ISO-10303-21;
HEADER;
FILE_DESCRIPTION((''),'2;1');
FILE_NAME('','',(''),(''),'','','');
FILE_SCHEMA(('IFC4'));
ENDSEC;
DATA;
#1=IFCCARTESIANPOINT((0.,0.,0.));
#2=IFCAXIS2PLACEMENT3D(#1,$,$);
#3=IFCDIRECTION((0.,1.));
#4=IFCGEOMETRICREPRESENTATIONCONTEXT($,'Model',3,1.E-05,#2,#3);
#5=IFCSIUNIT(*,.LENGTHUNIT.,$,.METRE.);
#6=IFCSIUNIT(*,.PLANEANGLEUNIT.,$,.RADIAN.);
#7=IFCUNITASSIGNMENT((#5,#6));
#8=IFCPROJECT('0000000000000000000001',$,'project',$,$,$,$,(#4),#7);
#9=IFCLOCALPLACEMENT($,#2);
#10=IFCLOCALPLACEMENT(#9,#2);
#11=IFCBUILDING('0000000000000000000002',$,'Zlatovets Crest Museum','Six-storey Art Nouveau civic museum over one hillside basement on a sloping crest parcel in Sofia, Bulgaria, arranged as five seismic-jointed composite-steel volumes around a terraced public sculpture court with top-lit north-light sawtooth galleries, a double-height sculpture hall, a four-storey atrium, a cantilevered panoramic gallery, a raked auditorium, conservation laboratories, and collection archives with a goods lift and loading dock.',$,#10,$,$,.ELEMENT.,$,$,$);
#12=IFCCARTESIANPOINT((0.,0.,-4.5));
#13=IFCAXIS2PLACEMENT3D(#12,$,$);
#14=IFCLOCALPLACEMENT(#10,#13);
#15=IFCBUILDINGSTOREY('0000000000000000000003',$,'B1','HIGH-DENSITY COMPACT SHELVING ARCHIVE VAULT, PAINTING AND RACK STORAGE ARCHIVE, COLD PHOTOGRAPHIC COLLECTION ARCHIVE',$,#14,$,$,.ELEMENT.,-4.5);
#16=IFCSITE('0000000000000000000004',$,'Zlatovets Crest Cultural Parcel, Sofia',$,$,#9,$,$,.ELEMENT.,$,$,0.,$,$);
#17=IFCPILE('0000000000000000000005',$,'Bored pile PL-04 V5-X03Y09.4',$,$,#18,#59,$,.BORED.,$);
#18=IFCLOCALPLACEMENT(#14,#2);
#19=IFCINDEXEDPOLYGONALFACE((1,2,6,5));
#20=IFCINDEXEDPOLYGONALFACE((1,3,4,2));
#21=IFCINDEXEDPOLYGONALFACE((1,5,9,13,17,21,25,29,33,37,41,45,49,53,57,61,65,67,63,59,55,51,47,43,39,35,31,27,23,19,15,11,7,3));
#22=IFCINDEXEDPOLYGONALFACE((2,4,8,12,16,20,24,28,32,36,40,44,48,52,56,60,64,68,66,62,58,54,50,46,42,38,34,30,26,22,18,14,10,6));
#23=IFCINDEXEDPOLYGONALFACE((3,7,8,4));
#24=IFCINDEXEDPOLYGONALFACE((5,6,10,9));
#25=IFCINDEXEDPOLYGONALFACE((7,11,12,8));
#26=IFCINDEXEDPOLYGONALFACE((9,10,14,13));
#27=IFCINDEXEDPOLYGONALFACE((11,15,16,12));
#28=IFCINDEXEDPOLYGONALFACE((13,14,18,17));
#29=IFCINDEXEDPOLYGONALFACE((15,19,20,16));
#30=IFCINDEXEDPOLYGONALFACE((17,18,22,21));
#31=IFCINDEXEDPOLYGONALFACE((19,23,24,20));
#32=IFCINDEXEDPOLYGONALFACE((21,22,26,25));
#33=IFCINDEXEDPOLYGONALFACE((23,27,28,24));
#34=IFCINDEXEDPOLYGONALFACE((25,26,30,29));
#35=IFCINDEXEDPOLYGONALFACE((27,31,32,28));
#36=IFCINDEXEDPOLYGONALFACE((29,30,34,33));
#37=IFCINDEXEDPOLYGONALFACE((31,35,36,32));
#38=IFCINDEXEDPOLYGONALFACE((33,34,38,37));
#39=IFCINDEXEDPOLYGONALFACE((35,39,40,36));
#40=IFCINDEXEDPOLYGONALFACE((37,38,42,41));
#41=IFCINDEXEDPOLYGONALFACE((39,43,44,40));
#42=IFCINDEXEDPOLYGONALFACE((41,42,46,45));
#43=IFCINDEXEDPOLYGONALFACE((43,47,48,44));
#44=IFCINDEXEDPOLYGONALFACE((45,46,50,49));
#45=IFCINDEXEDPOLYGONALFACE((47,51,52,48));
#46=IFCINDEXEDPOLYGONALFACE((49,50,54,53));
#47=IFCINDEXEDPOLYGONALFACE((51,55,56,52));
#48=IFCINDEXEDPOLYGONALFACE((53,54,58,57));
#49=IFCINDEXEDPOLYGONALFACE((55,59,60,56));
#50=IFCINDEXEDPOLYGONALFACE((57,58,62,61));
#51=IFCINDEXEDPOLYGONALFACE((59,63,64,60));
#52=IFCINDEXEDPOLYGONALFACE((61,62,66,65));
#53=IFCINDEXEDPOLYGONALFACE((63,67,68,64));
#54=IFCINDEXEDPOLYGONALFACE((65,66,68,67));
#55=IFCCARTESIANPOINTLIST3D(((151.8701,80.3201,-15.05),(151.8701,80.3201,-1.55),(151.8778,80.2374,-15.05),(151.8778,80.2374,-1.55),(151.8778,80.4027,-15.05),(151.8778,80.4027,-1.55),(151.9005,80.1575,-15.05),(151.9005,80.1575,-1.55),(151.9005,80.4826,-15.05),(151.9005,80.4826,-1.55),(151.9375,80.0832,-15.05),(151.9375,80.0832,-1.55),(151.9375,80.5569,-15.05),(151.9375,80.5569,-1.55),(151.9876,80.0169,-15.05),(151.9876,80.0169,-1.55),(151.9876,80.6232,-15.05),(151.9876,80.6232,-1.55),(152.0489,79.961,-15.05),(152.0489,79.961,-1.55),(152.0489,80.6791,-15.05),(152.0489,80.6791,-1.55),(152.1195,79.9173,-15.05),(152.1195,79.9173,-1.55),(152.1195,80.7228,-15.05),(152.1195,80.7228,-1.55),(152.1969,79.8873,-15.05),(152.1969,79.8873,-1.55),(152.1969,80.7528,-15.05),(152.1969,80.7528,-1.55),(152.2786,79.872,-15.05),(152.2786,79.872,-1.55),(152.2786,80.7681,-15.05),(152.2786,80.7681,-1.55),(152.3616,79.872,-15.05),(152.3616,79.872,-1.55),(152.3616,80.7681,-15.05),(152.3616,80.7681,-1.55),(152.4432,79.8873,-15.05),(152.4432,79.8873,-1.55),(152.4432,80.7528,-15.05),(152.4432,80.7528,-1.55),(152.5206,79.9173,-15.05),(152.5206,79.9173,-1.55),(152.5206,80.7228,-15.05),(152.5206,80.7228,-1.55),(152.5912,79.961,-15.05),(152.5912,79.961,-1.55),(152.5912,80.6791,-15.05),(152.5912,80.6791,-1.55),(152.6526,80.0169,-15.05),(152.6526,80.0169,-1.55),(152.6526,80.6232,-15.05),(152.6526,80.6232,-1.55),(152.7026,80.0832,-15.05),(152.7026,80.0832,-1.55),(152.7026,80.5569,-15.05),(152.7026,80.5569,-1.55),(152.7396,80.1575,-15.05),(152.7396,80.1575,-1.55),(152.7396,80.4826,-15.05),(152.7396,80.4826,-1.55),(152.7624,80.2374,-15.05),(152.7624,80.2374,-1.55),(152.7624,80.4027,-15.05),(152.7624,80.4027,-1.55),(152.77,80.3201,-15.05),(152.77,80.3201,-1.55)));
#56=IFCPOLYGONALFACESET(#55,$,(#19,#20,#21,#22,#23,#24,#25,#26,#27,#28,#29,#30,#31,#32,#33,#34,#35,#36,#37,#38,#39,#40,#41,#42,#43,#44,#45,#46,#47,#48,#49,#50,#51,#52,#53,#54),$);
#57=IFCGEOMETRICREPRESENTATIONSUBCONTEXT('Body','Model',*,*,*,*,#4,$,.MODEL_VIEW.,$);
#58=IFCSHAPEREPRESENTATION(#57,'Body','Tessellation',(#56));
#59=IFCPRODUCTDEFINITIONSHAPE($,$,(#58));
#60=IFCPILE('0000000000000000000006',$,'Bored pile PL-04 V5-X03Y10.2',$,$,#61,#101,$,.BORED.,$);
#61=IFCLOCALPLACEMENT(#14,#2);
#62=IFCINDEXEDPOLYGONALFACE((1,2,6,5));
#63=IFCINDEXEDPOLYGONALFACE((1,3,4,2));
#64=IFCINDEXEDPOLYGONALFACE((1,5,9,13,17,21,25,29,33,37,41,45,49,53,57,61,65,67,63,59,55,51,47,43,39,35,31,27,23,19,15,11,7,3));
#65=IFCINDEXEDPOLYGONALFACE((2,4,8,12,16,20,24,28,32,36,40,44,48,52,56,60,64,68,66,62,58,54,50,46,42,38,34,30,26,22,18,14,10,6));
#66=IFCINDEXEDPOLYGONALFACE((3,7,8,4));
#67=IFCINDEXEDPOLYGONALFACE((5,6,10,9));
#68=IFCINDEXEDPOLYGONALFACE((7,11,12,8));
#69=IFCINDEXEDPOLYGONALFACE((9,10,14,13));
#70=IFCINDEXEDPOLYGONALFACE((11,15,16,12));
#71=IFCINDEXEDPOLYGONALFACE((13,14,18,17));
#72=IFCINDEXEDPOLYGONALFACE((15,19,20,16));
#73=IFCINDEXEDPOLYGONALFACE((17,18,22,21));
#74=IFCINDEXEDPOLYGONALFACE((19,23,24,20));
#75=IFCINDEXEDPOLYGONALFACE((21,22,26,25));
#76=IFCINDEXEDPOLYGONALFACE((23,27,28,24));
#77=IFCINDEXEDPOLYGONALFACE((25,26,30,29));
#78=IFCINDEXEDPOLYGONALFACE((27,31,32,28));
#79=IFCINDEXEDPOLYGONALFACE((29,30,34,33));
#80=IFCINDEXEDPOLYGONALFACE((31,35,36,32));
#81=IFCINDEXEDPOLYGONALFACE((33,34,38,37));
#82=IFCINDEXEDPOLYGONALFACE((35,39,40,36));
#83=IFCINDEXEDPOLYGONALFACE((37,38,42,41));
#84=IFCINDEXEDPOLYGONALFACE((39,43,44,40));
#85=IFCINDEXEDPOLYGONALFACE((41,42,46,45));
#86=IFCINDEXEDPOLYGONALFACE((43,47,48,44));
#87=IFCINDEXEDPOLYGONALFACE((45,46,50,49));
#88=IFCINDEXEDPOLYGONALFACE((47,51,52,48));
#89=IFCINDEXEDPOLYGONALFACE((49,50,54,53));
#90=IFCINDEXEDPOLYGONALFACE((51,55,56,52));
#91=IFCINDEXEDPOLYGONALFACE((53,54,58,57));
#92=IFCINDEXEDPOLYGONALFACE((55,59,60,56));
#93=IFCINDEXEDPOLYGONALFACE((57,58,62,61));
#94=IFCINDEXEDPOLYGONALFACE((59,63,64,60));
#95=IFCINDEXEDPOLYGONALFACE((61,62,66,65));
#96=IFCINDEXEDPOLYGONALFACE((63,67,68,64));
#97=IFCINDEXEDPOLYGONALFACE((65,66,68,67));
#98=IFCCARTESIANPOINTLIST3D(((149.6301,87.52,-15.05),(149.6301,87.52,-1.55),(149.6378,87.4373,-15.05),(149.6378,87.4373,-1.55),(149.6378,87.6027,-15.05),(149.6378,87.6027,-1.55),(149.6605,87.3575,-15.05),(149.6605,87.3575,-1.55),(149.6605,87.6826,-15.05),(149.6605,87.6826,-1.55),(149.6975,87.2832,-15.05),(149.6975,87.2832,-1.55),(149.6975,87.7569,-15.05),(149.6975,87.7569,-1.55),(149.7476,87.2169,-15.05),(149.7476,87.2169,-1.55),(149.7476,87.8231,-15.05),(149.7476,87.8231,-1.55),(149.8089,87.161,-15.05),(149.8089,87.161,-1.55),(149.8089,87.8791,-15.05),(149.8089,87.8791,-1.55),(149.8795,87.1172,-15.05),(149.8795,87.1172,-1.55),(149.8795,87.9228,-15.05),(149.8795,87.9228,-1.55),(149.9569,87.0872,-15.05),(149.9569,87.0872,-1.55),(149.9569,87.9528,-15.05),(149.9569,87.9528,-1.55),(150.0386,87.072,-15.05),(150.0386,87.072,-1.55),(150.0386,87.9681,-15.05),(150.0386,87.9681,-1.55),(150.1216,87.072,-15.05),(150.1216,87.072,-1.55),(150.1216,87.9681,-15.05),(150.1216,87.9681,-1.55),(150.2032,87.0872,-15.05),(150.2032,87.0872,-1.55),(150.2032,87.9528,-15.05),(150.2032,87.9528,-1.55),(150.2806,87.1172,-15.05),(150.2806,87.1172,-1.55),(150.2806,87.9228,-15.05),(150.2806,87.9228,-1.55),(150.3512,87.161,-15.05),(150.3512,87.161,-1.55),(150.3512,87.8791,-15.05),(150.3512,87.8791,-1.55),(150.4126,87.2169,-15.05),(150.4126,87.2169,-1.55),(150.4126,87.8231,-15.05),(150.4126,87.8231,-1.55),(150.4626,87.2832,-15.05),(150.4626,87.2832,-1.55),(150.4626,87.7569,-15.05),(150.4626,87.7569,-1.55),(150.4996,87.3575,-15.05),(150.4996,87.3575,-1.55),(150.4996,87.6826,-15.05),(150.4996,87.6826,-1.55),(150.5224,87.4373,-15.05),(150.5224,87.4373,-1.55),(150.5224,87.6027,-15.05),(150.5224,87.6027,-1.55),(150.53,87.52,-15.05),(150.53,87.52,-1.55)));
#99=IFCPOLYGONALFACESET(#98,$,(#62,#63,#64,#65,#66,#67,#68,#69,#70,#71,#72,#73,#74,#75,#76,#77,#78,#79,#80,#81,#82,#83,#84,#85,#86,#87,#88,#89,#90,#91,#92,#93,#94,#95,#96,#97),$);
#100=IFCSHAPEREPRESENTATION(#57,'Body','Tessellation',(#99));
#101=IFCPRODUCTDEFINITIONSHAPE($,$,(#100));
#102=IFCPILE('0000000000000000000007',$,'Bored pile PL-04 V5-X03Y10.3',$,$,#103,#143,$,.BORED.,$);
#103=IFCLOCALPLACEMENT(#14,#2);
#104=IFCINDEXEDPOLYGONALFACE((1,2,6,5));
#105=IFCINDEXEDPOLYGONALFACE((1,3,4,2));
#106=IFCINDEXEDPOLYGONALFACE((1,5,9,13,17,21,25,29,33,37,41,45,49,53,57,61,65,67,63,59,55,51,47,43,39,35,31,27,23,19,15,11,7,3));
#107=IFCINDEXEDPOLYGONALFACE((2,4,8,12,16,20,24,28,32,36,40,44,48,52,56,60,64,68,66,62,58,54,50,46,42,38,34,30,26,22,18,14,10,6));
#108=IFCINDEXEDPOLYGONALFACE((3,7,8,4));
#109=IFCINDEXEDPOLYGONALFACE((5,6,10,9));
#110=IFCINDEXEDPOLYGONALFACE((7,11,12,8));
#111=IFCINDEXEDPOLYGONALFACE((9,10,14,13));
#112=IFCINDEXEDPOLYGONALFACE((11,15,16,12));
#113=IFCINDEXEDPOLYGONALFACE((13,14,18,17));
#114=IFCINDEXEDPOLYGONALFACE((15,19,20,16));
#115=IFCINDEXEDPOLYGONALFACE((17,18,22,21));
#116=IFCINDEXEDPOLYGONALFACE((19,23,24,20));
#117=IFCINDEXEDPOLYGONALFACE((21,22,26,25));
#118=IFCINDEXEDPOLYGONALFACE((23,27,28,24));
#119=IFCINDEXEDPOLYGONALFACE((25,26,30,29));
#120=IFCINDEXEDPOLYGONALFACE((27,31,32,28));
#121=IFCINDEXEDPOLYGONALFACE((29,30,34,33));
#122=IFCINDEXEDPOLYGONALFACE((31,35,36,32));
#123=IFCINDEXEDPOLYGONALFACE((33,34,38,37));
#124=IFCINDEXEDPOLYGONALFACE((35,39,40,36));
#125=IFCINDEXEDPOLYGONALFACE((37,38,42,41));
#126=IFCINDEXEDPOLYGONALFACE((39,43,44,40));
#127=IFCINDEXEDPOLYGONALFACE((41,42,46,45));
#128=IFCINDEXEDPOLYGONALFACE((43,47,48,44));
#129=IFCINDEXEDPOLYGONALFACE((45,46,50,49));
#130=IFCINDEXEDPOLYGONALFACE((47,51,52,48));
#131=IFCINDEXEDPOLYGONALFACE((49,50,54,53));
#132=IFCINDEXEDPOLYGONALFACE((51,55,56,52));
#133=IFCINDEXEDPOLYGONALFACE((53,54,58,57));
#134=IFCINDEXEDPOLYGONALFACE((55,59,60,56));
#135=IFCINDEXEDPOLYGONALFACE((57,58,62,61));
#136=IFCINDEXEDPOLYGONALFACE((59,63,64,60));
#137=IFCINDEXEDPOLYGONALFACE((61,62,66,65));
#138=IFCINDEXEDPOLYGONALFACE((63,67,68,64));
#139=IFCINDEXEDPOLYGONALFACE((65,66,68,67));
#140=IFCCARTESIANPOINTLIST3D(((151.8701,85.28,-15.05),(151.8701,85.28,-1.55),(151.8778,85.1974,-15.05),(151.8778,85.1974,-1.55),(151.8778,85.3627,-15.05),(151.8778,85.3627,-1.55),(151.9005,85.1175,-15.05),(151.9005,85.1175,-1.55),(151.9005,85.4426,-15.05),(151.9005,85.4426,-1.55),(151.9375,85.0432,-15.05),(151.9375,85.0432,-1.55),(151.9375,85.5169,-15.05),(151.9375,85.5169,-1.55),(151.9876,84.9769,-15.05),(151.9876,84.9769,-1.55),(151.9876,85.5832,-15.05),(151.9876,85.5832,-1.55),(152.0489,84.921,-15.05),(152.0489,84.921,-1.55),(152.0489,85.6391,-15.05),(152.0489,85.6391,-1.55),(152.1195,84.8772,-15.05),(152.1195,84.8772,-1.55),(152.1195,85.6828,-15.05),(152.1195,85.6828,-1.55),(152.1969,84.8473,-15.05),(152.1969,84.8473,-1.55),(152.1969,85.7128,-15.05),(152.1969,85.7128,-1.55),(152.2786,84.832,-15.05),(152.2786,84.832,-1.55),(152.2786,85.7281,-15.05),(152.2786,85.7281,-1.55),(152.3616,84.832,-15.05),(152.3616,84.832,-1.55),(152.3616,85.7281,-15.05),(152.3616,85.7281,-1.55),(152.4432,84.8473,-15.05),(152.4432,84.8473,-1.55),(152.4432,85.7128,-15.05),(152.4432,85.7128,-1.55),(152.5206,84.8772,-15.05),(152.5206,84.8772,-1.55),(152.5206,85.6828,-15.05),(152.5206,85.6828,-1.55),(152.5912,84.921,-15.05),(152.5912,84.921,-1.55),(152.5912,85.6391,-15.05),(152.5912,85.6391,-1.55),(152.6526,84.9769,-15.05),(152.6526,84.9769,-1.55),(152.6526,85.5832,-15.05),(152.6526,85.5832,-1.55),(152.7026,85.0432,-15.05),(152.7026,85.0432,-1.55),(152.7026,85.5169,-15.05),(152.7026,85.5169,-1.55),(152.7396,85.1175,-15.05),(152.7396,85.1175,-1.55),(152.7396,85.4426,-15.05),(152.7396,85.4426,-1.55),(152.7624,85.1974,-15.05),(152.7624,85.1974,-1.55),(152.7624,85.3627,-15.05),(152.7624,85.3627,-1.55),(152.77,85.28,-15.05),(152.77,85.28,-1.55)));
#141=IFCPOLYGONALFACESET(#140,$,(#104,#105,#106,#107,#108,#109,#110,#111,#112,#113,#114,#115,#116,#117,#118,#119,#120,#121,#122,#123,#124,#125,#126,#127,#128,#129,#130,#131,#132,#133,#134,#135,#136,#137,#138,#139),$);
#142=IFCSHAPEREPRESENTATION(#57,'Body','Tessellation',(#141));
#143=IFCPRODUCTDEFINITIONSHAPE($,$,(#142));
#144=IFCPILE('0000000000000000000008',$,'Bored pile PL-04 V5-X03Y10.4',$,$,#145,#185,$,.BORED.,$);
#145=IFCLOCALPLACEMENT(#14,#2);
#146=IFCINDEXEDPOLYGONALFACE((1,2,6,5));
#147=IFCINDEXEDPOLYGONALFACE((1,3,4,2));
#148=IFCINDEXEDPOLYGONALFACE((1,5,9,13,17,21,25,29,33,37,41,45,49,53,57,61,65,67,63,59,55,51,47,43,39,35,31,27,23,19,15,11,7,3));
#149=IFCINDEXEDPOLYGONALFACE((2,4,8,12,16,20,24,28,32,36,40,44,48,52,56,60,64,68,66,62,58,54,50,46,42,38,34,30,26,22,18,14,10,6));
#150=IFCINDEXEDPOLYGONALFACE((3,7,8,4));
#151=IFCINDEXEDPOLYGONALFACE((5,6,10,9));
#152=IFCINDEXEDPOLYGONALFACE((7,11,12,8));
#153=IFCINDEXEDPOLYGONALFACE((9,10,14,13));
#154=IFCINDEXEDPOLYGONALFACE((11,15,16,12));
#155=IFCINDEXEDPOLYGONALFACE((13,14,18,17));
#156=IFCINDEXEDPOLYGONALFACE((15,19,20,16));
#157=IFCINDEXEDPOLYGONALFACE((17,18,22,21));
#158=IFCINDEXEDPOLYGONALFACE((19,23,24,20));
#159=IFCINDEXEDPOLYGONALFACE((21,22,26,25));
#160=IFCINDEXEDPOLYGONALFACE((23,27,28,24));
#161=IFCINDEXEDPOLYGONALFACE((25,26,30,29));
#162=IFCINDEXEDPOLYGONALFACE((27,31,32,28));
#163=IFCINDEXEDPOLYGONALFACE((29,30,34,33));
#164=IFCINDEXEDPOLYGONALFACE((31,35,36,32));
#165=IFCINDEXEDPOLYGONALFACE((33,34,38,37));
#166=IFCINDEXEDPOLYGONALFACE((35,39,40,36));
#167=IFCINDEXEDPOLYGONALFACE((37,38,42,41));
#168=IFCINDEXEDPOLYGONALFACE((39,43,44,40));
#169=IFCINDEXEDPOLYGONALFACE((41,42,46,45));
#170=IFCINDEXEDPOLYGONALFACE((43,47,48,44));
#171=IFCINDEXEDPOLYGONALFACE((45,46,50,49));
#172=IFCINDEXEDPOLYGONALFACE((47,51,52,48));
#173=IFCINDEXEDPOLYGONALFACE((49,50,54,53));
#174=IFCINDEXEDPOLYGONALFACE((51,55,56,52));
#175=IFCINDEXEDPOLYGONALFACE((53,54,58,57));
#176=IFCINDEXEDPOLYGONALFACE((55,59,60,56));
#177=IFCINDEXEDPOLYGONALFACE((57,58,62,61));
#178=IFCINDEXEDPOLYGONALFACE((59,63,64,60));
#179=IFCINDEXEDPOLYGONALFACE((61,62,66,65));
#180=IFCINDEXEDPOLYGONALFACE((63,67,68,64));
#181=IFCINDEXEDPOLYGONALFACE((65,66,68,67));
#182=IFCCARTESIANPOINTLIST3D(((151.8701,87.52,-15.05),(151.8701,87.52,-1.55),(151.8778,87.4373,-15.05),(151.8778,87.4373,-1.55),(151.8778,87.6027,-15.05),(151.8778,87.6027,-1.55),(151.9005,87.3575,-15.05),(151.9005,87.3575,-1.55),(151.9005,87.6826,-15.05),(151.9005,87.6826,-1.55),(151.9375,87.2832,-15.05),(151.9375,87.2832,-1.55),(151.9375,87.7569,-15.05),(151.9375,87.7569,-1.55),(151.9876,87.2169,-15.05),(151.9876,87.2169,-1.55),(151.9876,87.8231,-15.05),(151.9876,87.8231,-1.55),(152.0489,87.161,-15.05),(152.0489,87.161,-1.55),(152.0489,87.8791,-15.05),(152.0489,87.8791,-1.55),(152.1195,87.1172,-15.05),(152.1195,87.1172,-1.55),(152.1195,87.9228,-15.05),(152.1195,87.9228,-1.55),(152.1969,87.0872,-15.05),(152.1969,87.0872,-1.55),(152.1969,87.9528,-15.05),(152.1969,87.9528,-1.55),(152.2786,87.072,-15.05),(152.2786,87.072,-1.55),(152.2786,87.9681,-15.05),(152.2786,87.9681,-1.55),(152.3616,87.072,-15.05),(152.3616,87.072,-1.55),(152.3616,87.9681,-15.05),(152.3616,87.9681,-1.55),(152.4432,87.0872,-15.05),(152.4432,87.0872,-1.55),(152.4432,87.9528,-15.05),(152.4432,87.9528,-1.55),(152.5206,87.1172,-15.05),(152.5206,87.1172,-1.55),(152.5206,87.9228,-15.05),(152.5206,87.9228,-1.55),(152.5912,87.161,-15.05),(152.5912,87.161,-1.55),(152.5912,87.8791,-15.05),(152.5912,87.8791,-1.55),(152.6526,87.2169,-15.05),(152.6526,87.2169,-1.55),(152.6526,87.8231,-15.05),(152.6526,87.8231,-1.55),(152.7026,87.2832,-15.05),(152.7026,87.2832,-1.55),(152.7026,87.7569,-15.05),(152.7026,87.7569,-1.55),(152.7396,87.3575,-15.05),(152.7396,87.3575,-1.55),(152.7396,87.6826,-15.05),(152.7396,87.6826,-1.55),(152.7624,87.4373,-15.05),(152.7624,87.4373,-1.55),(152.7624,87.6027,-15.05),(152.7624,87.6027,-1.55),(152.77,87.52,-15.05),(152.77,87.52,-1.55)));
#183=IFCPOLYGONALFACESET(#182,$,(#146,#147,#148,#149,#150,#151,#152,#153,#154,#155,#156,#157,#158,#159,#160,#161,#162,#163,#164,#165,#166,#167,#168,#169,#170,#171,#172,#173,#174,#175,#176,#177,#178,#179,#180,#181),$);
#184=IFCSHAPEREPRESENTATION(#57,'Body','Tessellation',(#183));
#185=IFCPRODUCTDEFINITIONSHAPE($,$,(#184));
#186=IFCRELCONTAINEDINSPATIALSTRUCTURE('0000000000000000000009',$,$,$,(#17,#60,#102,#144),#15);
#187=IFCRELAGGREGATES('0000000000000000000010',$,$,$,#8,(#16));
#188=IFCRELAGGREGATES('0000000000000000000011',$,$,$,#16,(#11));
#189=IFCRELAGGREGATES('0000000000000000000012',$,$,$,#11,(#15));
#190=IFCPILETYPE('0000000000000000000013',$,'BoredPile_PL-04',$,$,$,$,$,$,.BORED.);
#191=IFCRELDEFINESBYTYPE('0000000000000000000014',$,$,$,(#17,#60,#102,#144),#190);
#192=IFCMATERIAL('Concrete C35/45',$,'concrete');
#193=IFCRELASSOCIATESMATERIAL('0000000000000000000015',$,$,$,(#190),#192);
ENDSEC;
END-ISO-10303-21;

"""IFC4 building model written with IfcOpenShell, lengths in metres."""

from ifc_helpers import new_model, si_unit, direction, frame, origin, origin_2d, place, context, subcontext, project, spatial, circle, extrude, material, material_profile, profile_set, type_object, element, save


model = new_model("IFC4")

# Units and contexts
model_context = context("Model", 3, precision=1e-05, world=origin(), true_north=direction((0.0, 1.0)))
body_context = subcontext(model_context, "Body", "Model", "MODEL_VIEW")
ifc_project = project(units=[si_unit("LENGTHUNIT", "METRE"), si_unit("PLANEANGLEUNIT", "RADIAN")], contexts=[model_context])

# Site, building, storey
site_placement = place(None, origin())
site = spatial("IfcSite", under=ifc_project, at=site_placement, Name="Zlatovets Crest Cultural Parcel, Sofia", CompositionType="ELEMENT", RefElevation=0.0)
building_placement = place(site_placement, origin())
building = spatial("IfcBuilding", under=site, at=building_placement, Name="Zlatovets Crest Museum", Description="Six-storey Art Nouveau civic museum over one hillside basement on a sloping crest parcel in Sofia, Bulgaria, arranged as five seismic-jointed composite-steel volumes around a terraced public sculpture court with top-lit north-light sawtooth galleries, a double-height sculpture hall, a four-storey atrium, a cantilevered panoramic gallery, a raked auditorium, conservation laboratories, and collection archives with a goods lift and loading dock.", CompositionType="ELEMENT")
storey_placement = place(building_placement, frame((0.0, 0.0, -4.5)))
storey = spatial("IfcBuildingStorey", under=building, at=storey_placement, Name="B1", Description="HIGH-DENSITY COMPACT SHELVING ARCHIVE VAULT, PAINTING AND RACK STORAGE ARCHIVE, COLD PHOTOGRAPHIC COLLECTION ARCHIVE", CompositionType="ELEMENT", Elevation=-4.5)

# Piles
ifc_material = material(Name="Concrete C35/45", Category="concrete")
ifc_material_profile_1 = material_profile(ifc_material, circle(Radius=0.45, at=origin_2d()), Name="PILE D900")
ifc_profile_set_1 = profile_set([ifc_material_profile_1], Name="Concrete C35/45")
pile_type = type_object("IfcPileType", Name="BoredPile_PL-04", PredefinedType="BORED", material=ifc_profile_set_1)
for number, where, z_axis, x_axis, name in (
    (1, (152.3201, 80.3201, -1.55), (0.0, 0.0, -1.0), (1.0, 0.0, 0.0), "Bored pile PL-04 V5-X03Y09.4"),
    (2, (150.0801, 87.52, -1.55), (0.0, 0.0, -1.0), (1.0, 0.0, 0.0), "Bored pile PL-04 V5-X03Y10.2"),
    (3, (152.3201, 85.28, -1.55), (0.0, 0.0, -1.0), (1.0, 0.0, 0.0), "Bored pile PL-04 V5-X03Y10.3"),
    (4, (152.3201, 87.52, -1.55), (0.0, 0.0, -1.0), (1.0, 0.0, 0.0), "Bored pile PL-04 V5-X03Y10.4"),
):
    element("IfcPile", number, at=place(storey_placement, frame(where, z_axis=z_axis, x_axis=x_axis)), inside=storey, type_object=pile_type, Name=name, PredefinedType="BORED", context=body_context, shape_type="SweptSolid", body=[
        extrude(circle(Radius=0.45, at=origin_2d()), origin(), (0.0, 0.0, 1.0), 13.5),
    ])

save(model, "model.ifc")
